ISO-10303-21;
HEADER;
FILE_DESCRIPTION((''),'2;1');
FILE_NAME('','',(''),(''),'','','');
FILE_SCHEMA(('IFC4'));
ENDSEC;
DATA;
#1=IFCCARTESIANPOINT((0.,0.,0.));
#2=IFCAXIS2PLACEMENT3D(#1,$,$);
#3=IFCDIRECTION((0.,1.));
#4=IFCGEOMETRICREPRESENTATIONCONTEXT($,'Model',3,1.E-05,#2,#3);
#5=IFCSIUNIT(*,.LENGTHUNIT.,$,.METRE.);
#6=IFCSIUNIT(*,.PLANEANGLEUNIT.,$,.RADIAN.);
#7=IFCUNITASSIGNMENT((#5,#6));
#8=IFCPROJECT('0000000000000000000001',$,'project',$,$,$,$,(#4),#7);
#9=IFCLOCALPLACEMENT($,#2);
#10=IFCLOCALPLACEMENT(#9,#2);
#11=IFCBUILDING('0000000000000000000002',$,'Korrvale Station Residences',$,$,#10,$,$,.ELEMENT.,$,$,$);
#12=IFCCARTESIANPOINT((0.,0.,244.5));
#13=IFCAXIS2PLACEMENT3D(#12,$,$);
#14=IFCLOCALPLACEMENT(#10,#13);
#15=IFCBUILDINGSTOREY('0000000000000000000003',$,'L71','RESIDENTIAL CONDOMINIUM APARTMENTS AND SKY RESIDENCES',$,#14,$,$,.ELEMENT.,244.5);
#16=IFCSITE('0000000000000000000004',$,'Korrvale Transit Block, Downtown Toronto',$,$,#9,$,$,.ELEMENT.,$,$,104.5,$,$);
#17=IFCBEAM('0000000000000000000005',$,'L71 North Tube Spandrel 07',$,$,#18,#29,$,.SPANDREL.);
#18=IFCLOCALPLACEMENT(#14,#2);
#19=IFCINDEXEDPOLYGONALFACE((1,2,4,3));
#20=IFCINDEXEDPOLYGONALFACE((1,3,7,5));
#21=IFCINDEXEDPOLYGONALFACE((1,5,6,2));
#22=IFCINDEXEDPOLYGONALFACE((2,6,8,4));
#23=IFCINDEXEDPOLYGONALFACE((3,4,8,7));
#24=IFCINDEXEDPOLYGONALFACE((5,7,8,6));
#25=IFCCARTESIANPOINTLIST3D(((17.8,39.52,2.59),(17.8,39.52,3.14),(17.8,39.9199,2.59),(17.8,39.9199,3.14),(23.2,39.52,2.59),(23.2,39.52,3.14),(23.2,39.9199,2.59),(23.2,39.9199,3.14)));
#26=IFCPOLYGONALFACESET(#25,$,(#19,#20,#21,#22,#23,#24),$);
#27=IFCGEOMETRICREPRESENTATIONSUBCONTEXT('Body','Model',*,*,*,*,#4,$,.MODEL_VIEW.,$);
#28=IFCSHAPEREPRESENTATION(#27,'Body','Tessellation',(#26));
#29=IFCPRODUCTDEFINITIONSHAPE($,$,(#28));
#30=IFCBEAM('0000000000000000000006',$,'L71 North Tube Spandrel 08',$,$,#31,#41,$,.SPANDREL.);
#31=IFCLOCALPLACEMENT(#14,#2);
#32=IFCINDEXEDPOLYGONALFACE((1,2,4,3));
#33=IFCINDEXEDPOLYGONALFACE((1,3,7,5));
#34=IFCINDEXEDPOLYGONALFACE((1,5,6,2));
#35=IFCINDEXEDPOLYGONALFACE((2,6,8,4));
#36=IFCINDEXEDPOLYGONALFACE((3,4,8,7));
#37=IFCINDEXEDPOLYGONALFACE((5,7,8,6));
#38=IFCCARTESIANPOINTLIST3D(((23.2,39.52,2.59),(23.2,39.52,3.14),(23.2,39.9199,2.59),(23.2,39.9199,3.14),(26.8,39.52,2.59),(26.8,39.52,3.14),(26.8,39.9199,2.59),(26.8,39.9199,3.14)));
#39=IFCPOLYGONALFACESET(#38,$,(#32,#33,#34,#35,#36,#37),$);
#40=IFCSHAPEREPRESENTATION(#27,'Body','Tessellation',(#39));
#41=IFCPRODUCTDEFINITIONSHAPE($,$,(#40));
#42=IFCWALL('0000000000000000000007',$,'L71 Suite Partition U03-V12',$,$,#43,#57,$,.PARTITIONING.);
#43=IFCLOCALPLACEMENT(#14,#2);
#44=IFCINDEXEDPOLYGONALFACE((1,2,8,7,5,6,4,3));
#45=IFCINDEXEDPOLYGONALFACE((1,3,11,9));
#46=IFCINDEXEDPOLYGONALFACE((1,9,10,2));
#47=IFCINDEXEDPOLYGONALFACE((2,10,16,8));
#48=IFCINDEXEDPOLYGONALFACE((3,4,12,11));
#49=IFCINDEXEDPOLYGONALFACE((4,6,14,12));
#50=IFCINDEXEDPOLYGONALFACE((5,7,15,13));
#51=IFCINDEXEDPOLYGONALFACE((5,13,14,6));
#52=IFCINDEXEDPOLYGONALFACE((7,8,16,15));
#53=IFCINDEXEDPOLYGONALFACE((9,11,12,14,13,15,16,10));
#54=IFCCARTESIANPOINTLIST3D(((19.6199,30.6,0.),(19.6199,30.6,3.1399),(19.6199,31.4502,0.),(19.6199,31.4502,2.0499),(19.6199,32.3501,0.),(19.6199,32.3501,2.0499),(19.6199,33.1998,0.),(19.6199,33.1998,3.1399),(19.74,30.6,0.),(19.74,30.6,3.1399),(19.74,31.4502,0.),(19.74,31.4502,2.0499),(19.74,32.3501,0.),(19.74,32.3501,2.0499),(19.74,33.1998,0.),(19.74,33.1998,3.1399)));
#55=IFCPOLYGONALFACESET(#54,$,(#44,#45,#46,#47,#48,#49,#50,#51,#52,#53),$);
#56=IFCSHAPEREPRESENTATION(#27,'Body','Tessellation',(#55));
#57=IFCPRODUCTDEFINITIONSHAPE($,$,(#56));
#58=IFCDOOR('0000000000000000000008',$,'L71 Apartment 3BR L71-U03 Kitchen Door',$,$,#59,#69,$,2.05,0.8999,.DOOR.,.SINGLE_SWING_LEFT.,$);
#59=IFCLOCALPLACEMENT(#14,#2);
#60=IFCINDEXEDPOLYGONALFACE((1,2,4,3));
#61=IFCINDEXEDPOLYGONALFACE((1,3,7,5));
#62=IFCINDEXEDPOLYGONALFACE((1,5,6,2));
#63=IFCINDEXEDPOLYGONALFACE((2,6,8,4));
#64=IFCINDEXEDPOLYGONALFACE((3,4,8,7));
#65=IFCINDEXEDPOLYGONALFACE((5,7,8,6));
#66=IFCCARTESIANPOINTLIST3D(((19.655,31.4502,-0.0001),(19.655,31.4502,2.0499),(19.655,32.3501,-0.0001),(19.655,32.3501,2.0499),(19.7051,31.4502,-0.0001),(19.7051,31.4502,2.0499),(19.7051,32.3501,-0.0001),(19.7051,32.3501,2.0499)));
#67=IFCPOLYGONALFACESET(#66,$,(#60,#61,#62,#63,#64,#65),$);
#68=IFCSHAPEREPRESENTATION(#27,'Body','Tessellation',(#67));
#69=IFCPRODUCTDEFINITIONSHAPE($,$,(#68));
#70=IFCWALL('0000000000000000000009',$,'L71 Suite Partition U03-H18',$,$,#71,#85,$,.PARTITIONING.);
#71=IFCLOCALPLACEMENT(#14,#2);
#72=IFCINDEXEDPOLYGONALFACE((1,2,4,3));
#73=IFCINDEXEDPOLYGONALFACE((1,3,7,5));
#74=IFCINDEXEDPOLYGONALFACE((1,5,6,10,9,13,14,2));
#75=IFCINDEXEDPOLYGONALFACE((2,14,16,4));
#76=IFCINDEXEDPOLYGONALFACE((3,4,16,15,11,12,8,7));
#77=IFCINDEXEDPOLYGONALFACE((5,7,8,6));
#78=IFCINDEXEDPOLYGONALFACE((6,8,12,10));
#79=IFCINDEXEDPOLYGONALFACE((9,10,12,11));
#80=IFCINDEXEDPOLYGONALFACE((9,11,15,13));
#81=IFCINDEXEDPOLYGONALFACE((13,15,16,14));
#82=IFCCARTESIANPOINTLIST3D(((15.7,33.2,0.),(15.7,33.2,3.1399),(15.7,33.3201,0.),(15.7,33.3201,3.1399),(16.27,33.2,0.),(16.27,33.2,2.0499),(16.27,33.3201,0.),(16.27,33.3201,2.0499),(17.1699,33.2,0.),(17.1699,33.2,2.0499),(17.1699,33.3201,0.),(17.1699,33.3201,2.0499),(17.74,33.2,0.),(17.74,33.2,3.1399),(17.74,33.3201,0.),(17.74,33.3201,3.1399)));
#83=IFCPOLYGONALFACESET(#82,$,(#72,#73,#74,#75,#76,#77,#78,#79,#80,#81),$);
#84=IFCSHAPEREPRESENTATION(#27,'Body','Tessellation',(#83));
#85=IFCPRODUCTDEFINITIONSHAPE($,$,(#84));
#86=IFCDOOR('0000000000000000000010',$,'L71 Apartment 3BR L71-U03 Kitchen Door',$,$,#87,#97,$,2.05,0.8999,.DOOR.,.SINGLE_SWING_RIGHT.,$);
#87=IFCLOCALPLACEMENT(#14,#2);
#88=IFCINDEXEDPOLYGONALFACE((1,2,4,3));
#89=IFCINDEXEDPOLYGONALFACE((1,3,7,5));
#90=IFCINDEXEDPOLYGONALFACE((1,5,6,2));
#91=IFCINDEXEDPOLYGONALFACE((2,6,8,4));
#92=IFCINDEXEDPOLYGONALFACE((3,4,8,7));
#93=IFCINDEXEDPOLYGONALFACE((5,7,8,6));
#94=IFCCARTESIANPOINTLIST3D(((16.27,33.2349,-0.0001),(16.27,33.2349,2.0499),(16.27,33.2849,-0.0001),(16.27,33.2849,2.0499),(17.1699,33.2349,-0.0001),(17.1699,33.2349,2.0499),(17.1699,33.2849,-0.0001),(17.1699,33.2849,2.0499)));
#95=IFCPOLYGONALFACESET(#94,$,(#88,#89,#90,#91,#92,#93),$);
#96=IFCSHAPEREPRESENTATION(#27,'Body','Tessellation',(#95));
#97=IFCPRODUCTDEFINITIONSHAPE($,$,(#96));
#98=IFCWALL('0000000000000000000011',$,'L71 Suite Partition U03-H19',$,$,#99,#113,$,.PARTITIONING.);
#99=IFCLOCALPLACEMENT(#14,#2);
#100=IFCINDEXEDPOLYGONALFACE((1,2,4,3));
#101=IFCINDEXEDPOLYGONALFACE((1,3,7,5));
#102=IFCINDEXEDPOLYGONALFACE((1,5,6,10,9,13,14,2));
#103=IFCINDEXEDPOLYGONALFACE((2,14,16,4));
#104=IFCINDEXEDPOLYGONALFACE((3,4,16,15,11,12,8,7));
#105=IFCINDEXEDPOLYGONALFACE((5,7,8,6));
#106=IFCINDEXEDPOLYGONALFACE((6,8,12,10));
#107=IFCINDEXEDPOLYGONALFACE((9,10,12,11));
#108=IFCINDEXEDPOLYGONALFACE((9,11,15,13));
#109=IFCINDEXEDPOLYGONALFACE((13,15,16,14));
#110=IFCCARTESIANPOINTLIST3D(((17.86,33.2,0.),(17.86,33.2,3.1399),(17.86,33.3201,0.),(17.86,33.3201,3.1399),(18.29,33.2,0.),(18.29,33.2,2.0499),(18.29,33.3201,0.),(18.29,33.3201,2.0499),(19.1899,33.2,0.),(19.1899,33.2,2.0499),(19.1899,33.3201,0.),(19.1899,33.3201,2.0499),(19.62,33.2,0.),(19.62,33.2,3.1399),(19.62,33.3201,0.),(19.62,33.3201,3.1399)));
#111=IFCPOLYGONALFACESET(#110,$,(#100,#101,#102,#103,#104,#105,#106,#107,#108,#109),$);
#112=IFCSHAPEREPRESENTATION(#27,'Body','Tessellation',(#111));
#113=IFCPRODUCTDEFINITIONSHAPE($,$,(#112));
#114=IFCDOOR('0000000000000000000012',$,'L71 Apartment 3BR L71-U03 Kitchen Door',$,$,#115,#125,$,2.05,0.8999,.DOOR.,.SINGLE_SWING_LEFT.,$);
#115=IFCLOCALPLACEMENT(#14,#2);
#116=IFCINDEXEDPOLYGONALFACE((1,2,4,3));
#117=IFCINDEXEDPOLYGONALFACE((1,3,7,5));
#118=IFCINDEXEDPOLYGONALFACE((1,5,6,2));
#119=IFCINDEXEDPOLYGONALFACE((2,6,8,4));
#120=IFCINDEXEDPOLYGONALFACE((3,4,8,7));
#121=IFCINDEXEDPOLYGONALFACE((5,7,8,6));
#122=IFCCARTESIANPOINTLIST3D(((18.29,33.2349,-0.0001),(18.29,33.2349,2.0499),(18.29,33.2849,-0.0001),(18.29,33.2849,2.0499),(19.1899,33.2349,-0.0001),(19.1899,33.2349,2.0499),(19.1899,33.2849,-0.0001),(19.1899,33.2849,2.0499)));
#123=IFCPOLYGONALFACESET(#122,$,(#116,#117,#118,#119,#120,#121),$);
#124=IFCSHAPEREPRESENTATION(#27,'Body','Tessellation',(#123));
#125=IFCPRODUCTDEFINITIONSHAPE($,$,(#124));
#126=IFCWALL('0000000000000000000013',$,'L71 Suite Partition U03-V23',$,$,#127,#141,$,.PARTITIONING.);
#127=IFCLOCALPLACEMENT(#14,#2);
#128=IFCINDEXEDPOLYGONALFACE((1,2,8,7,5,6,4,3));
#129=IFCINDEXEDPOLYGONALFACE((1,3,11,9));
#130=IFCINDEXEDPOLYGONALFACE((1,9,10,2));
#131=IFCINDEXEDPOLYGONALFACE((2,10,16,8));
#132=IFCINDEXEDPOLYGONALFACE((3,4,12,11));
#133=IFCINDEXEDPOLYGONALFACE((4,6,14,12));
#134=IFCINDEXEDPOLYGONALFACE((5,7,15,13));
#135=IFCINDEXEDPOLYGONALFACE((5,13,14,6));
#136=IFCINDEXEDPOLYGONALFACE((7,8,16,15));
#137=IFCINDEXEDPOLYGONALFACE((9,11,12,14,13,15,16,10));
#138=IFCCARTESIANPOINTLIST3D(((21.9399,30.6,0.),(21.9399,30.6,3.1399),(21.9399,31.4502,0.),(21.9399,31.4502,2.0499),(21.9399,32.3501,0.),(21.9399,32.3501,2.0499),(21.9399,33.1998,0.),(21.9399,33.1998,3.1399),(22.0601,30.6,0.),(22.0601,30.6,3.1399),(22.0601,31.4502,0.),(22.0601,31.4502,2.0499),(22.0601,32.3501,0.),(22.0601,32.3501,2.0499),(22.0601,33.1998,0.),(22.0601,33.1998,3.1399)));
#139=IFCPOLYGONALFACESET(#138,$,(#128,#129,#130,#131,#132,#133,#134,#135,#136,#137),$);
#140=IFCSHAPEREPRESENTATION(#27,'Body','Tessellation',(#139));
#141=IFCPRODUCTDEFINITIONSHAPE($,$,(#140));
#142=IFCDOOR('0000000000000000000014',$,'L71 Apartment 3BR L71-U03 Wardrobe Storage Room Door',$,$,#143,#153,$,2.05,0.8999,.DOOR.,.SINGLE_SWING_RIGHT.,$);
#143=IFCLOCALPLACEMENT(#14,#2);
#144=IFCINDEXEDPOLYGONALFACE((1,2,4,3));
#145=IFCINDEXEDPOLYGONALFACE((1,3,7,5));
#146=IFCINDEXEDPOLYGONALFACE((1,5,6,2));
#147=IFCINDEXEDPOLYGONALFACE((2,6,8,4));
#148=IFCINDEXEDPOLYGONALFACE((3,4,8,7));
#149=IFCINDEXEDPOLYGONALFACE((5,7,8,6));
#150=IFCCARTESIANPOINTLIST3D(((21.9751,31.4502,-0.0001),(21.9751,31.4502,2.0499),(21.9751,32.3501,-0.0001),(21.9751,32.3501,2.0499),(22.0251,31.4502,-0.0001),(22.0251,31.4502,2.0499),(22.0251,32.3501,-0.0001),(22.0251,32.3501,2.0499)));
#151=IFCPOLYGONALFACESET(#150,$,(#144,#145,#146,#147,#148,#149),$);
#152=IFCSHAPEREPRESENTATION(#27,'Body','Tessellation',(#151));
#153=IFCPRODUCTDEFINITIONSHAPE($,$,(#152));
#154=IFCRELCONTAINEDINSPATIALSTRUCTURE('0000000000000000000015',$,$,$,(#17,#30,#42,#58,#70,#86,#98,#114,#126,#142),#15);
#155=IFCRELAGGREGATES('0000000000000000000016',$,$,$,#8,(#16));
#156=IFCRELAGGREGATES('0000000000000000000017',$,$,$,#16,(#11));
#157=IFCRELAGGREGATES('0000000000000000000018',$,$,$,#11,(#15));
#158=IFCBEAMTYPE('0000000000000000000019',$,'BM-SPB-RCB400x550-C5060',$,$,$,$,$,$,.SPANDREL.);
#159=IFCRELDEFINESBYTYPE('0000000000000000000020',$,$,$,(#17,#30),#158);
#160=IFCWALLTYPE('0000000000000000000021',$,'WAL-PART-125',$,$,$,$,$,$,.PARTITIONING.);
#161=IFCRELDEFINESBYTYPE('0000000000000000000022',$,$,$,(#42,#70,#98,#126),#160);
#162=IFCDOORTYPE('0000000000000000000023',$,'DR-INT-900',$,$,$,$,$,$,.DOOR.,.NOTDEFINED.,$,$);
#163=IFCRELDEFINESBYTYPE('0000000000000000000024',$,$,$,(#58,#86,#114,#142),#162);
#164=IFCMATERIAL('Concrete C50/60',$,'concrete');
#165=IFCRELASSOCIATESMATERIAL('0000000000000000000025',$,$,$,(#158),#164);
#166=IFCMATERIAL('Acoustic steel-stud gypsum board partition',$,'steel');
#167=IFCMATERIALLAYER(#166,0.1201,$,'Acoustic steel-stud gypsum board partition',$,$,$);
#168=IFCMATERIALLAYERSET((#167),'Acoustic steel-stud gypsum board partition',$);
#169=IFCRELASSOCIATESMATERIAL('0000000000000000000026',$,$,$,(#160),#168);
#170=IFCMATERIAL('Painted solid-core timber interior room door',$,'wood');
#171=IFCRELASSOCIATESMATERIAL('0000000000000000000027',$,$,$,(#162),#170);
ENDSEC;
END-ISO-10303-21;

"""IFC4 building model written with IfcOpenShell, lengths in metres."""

from ifc_helpers import new_model, si_unit, direction, frame, frame_2d, origin, origin_2d, place, context, subcontext, project, spatial, rectangle, extrude, material, layer, layer_set, material_profile, profile_set, type_object, element, fill, save


model = new_model("IFC4")

# Units and contexts
model_context = context("Model", 3, precision=1e-05, world=origin(), true_north=direction((0.0, 1.0)))
body_context = subcontext(model_context, "Body", "Model", "MODEL_VIEW")
ifc_project = project(units=[si_unit("LENGTHUNIT", "METRE"), si_unit("PLANEANGLEUNIT", "RADIAN")], contexts=[model_context])

# Site, building, storey
site_placement = place(None, origin())
site = spatial("IfcSite", under=ifc_project, at=site_placement, Name="Korrvale Transit Block, Downtown Toronto", CompositionType="ELEMENT", RefElevation=104.5)
building_placement = place(site_placement, origin())
building = spatial("IfcBuilding", under=site, at=building_placement, Name="Korrvale Station Residences", CompositionType="ELEMENT")
storey_placement = place(building_placement, frame((0.0, 0.0, 244.5)))
storey = spatial("IfcBuildingStorey", under=building, at=storey_placement, Name="L71", Description="RESIDENTIAL CONDOMINIUM APARTMENTS AND SKY RESIDENCES", CompositionType="ELEMENT", Elevation=244.5)

# Shared definitions
ifc_material_1 = material(Name="Concrete C50/60", Category="concrete")

# Beams
ifc_material_profile_1 = material_profile(ifc_material_1, rectangle(XDim=0.3999, YDim=0.55, at=origin_2d()), Name="RCB400x550")
ifc_profile_set_1 = profile_set([ifc_material_profile_1], Name="Concrete C50/60")
beam_type_1 = type_object("IfcBeamType", Name="BM-SPB-RCB400x550-C5060", PredefinedType="SPANDREL", material=ifc_profile_set_1)
beam_1_placement = place(storey_placement, frame((17.8, 39.72, 2.865), z_axis=(1.0, 0.0, 0.0), x_axis=(0.0, 1.0, 0.0)))
element("IfcBeam", 1, at=beam_1_placement, inside=storey, type_object=beam_type_1, Name="L71 North Tube Spandrel 07", PredefinedType="SPANDREL", context=body_context, shape_type="SweptSolid", body=[
    extrude(rectangle(XDim=0.3999, YDim=0.55, at=origin_2d()), origin(), (0.0, 0.0, 1.0), 5.3999),
])
beam_2_placement = place(storey_placement, frame((23.2, 39.72, 2.865), z_axis=(1.0, 0.0, 0.0), x_axis=(0.0, 1.0, 0.0)))
element("IfcBeam", 2, at=beam_2_placement, inside=storey, type_object=beam_type_1, Name="L71 North Tube Spandrel 08", PredefinedType="SPANDREL", context=body_context, shape_type="SweptSolid", body=[
    extrude(rectangle(XDim=0.3999, YDim=0.55, at=origin_2d()), origin(), (0.0, 0.0, 1.0), 3.6001),
])

# Walls, openings, doors
ifc_material_2 = material(Name="Acoustic steel-stud gypsum board partition", Category="steel")
ifc_layer_1 = layer(ifc_material_2, 0.1201, Name="Acoustic steel-stud gypsum board partition")
ifc_layer_set_1 = layer_set([ifc_layer_1], Name="Acoustic steel-stud gypsum board partition")
wall_type = type_object("IfcWallType", Name="WAL-PART-125", PredefinedType="PARTITIONING", material=ifc_layer_set_1)
wall_1_placement = place(storey_placement, frame((19.6799, 30.6001, 0.0), z_axis=(0.0, 0.0, 1.0), x_axis=(0.0, 1.0, 0.0)))
wall_1 = element("IfcWall", 3, at=wall_1_placement, inside=storey, type_object=wall_type, Name="L71 Suite Partition U03-V12", PredefinedType="PARTITIONING", context=body_context, shape_type="SweptSolid", body=[
    extrude(rectangle(XDim=2.5999, YDim=0.1201, at=frame_2d((1.2998, 0.0))), origin(), (0.0, 0.0, 1.0), 3.1399),
])
opening_1_placement = place(wall_1_placement, frame((0.8501, 0.0, 0.0)))
opening_1 = element("IfcOpeningElement", 4, at=opening_1_placement, cuts=wall_1, PredefinedType="OPENING", context=body_context, shape_type="SweptSolid", body=[
    extrude(rectangle(XDim=0.8999, YDim=2.05, at=frame_2d((0.45, 1.0249))), frame((0.0, 0.0701, 0.0), z_axis=(0.0, -1.0, 0.0), x_axis=(1.0, 0.0, 0.0)), (0.0, 0.0, 1.0), 0.1401),
])
ifc_material_3 = material(Name="Painted solid-core timber interior room door", Category="wood")
door_type = type_object("IfcDoorType", Name="DR-INT-900", OperationType="NOTDEFINED", PredefinedType="DOOR", material=ifc_material_3)
door_1_placement = place(opening_1_placement, origin())
door_1 = element("IfcDoor", 5, at=door_1_placement, inside=storey, type_object=door_type, Name="L71 Apartment 3BR L71-U03 Kitchen Door", OperationType="SINGLE_SWING_LEFT", OverallHeight=2.05, OverallWidth=0.8999, PredefinedType="DOOR", context=body_context, shape_type="SweptSolid", body=[
    extrude(rectangle(XDim=0.8999, YDim=2.05, at=frame_2d((0.45, 1.0249))), frame((0.0, 0.0249, 0.0), z_axis=(0.0, -1.0, 0.0), x_axis=(1.0, 0.0, 0.0)), (0.0, 0.0, 1.0), 0.05),
])
fill(opening_1, door_1)
wall_2_placement = place(storey_placement, frame((15.7, 33.26, 0.0), z_axis=(0.0, 0.0, 1.0), x_axis=(1.0, 0.0, 0.0)))
wall_2 = element("IfcWall", 6, at=wall_2_placement, inside=storey, type_object=wall_type, Name="L71 Suite Partition U03-H18", PredefinedType="PARTITIONING", context=body_context, shape_type="SweptSolid", body=[
    extrude(rectangle(XDim=2.04, YDim=0.1201, at=frame_2d((1.02, 0.0))), origin(), (0.0, 0.0, 1.0), 3.1399),
])
opening_2_placement = place(wall_2_placement, frame((0.5701, 0.0, 0.0)))
opening_2 = element("IfcOpeningElement", 7, at=opening_2_placement, cuts=wall_2, PredefinedType="OPENING", context=body_context, shape_type="SweptSolid", body=[
    extrude(rectangle(XDim=0.8999, YDim=2.05, at=frame_2d((0.45, 1.0249))), frame((0.0, 0.0701, 0.0), z_axis=(0.0, -1.0, 0.0), x_axis=(1.0, 0.0, 0.0)), (0.0, 0.0, 1.0), 0.1401),
])
door_2_placement = place(opening_2_placement, origin())
door_2 = element("IfcDoor", 8, at=door_2_placement, inside=storey, type_object=door_type, Name="L71 Apartment 3BR L71-U03 Kitchen Door", OperationType="SINGLE_SWING_RIGHT", OverallHeight=2.05, OverallWidth=0.8999, PredefinedType="DOOR", context=body_context, shape_type="SweptSolid", body=[
    extrude(rectangle(XDim=0.8999, YDim=2.05, at=frame_2d((0.45, 1.0249))), frame((0.0, 0.0249, 0.0), z_axis=(0.0, -1.0, 0.0), x_axis=(1.0, 0.0, 0.0)), (0.0, 0.0, 1.0), 0.05),
])
fill(opening_2, door_2)
wall_3_placement = place(storey_placement, frame((17.8601, 33.26, 0.0), z_axis=(0.0, 0.0, 1.0), x_axis=(1.0, 0.0, 0.0)))
wall_3 = element("IfcWall", 9, at=wall_3_placement, inside=storey, type_object=wall_type, Name="L71 Suite Partition U03-H19", PredefinedType="PARTITIONING", context=body_context, shape_type="SweptSolid", body=[
    extrude(rectangle(XDim=1.76, YDim=0.1201, at=frame_2d((0.8799, 0.0))), origin(), (0.0, 0.0, 1.0), 3.1399),
])
opening_3_placement = place(wall_3_placement, frame((0.4299, 0.0, 0.0)))
opening_3 = element("IfcOpeningElement", 10, at=opening_3_placement, cuts=wall_3, PredefinedType="OPENING", context=body_context, shape_type="SweptSolid", body=[
    extrude(rectangle(XDim=0.8999, YDim=2.05, at=frame_2d((0.45, 1.0249))), frame((0.0, 0.0701, 0.0), z_axis=(0.0, -1.0, 0.0), x_axis=(1.0, 0.0, 0.0)), (0.0, 0.0, 1.0), 0.1401),
])
door_3_placement = place(opening_3_placement, origin())
door_3 = element("IfcDoor", 11, at=door_3_placement, inside=storey, type_object=door_type, Name="L71 Apartment 3BR L71-U03 Kitchen Door", OperationType="SINGLE_SWING_LEFT", OverallHeight=2.05, OverallWidth=0.8999, PredefinedType="DOOR", context=body_context, shape_type="SweptSolid", body=[
    extrude(rectangle(XDim=0.8999, YDim=2.05, at=frame_2d((0.45, 1.0249))), frame((0.0, 0.0249, 0.0), z_axis=(0.0, -1.0, 0.0), x_axis=(1.0, 0.0, 0.0)), (0.0, 0.0, 1.0), 0.05),
])
fill(opening_3, door_3)
wall_4_placement = place(storey_placement, frame((22.0, 30.6001, 0.0), z_axis=(0.0, 0.0, 1.0), x_axis=(0.0, 1.0, 0.0)))
wall_4 = element("IfcWall", 12, at=wall_4_placement, inside=storey, type_object=wall_type, Name="L71 Suite Partition U03-V23", PredefinedType="PARTITIONING", context=body_context, shape_type="SweptSolid", body=[
    extrude(rectangle(XDim=2.5999, YDim=0.1201, at=frame_2d((1.2998, 0.0))), origin(), (0.0, 0.0, 1.0), 3.1399),
])
opening_4_placement = place(wall_4_placement, frame((0.8501, 0.0, 0.0)))
opening_4 = element("IfcOpeningElement", 13, at=opening_4_placement, cuts=wall_4, PredefinedType="OPENING", context=body_context, shape_type="SweptSolid", body=[
    extrude(rectangle(XDim=0.8999, YDim=2.05, at=frame_2d((0.45, 1.0249))), frame((0.0, 0.0701, 0.0), z_axis=(0.0, -1.0, 0.0), x_axis=(1.0, 0.0, 0.0)), (0.0, 0.0, 1.0), 0.1401),
])
door_4_placement = place(opening_4_placement, origin())
door_4 = element("IfcDoor", 14, at=door_4_placement, inside=storey, type_object=door_type, Name="L71 Apartment 3BR L71-U03 Wardrobe Storage Room Door", OperationType="SINGLE_SWING_RIGHT", OverallHeight=2.05, OverallWidth=0.8999, PredefinedType="DOOR", context=body_context, shape_type="SweptSolid", body=[
    extrude(rectangle(XDim=0.8999, YDim=2.05, at=frame_2d((0.45, 1.0249))), frame((0.0, 0.0249, 0.0), z_axis=(0.0, -1.0, 0.0), x_axis=(1.0, 0.0, 0.0)), (0.0, 0.0, 1.0), 0.05),
])
fill(opening_4, door_4)

save(model, "model.ifc")
